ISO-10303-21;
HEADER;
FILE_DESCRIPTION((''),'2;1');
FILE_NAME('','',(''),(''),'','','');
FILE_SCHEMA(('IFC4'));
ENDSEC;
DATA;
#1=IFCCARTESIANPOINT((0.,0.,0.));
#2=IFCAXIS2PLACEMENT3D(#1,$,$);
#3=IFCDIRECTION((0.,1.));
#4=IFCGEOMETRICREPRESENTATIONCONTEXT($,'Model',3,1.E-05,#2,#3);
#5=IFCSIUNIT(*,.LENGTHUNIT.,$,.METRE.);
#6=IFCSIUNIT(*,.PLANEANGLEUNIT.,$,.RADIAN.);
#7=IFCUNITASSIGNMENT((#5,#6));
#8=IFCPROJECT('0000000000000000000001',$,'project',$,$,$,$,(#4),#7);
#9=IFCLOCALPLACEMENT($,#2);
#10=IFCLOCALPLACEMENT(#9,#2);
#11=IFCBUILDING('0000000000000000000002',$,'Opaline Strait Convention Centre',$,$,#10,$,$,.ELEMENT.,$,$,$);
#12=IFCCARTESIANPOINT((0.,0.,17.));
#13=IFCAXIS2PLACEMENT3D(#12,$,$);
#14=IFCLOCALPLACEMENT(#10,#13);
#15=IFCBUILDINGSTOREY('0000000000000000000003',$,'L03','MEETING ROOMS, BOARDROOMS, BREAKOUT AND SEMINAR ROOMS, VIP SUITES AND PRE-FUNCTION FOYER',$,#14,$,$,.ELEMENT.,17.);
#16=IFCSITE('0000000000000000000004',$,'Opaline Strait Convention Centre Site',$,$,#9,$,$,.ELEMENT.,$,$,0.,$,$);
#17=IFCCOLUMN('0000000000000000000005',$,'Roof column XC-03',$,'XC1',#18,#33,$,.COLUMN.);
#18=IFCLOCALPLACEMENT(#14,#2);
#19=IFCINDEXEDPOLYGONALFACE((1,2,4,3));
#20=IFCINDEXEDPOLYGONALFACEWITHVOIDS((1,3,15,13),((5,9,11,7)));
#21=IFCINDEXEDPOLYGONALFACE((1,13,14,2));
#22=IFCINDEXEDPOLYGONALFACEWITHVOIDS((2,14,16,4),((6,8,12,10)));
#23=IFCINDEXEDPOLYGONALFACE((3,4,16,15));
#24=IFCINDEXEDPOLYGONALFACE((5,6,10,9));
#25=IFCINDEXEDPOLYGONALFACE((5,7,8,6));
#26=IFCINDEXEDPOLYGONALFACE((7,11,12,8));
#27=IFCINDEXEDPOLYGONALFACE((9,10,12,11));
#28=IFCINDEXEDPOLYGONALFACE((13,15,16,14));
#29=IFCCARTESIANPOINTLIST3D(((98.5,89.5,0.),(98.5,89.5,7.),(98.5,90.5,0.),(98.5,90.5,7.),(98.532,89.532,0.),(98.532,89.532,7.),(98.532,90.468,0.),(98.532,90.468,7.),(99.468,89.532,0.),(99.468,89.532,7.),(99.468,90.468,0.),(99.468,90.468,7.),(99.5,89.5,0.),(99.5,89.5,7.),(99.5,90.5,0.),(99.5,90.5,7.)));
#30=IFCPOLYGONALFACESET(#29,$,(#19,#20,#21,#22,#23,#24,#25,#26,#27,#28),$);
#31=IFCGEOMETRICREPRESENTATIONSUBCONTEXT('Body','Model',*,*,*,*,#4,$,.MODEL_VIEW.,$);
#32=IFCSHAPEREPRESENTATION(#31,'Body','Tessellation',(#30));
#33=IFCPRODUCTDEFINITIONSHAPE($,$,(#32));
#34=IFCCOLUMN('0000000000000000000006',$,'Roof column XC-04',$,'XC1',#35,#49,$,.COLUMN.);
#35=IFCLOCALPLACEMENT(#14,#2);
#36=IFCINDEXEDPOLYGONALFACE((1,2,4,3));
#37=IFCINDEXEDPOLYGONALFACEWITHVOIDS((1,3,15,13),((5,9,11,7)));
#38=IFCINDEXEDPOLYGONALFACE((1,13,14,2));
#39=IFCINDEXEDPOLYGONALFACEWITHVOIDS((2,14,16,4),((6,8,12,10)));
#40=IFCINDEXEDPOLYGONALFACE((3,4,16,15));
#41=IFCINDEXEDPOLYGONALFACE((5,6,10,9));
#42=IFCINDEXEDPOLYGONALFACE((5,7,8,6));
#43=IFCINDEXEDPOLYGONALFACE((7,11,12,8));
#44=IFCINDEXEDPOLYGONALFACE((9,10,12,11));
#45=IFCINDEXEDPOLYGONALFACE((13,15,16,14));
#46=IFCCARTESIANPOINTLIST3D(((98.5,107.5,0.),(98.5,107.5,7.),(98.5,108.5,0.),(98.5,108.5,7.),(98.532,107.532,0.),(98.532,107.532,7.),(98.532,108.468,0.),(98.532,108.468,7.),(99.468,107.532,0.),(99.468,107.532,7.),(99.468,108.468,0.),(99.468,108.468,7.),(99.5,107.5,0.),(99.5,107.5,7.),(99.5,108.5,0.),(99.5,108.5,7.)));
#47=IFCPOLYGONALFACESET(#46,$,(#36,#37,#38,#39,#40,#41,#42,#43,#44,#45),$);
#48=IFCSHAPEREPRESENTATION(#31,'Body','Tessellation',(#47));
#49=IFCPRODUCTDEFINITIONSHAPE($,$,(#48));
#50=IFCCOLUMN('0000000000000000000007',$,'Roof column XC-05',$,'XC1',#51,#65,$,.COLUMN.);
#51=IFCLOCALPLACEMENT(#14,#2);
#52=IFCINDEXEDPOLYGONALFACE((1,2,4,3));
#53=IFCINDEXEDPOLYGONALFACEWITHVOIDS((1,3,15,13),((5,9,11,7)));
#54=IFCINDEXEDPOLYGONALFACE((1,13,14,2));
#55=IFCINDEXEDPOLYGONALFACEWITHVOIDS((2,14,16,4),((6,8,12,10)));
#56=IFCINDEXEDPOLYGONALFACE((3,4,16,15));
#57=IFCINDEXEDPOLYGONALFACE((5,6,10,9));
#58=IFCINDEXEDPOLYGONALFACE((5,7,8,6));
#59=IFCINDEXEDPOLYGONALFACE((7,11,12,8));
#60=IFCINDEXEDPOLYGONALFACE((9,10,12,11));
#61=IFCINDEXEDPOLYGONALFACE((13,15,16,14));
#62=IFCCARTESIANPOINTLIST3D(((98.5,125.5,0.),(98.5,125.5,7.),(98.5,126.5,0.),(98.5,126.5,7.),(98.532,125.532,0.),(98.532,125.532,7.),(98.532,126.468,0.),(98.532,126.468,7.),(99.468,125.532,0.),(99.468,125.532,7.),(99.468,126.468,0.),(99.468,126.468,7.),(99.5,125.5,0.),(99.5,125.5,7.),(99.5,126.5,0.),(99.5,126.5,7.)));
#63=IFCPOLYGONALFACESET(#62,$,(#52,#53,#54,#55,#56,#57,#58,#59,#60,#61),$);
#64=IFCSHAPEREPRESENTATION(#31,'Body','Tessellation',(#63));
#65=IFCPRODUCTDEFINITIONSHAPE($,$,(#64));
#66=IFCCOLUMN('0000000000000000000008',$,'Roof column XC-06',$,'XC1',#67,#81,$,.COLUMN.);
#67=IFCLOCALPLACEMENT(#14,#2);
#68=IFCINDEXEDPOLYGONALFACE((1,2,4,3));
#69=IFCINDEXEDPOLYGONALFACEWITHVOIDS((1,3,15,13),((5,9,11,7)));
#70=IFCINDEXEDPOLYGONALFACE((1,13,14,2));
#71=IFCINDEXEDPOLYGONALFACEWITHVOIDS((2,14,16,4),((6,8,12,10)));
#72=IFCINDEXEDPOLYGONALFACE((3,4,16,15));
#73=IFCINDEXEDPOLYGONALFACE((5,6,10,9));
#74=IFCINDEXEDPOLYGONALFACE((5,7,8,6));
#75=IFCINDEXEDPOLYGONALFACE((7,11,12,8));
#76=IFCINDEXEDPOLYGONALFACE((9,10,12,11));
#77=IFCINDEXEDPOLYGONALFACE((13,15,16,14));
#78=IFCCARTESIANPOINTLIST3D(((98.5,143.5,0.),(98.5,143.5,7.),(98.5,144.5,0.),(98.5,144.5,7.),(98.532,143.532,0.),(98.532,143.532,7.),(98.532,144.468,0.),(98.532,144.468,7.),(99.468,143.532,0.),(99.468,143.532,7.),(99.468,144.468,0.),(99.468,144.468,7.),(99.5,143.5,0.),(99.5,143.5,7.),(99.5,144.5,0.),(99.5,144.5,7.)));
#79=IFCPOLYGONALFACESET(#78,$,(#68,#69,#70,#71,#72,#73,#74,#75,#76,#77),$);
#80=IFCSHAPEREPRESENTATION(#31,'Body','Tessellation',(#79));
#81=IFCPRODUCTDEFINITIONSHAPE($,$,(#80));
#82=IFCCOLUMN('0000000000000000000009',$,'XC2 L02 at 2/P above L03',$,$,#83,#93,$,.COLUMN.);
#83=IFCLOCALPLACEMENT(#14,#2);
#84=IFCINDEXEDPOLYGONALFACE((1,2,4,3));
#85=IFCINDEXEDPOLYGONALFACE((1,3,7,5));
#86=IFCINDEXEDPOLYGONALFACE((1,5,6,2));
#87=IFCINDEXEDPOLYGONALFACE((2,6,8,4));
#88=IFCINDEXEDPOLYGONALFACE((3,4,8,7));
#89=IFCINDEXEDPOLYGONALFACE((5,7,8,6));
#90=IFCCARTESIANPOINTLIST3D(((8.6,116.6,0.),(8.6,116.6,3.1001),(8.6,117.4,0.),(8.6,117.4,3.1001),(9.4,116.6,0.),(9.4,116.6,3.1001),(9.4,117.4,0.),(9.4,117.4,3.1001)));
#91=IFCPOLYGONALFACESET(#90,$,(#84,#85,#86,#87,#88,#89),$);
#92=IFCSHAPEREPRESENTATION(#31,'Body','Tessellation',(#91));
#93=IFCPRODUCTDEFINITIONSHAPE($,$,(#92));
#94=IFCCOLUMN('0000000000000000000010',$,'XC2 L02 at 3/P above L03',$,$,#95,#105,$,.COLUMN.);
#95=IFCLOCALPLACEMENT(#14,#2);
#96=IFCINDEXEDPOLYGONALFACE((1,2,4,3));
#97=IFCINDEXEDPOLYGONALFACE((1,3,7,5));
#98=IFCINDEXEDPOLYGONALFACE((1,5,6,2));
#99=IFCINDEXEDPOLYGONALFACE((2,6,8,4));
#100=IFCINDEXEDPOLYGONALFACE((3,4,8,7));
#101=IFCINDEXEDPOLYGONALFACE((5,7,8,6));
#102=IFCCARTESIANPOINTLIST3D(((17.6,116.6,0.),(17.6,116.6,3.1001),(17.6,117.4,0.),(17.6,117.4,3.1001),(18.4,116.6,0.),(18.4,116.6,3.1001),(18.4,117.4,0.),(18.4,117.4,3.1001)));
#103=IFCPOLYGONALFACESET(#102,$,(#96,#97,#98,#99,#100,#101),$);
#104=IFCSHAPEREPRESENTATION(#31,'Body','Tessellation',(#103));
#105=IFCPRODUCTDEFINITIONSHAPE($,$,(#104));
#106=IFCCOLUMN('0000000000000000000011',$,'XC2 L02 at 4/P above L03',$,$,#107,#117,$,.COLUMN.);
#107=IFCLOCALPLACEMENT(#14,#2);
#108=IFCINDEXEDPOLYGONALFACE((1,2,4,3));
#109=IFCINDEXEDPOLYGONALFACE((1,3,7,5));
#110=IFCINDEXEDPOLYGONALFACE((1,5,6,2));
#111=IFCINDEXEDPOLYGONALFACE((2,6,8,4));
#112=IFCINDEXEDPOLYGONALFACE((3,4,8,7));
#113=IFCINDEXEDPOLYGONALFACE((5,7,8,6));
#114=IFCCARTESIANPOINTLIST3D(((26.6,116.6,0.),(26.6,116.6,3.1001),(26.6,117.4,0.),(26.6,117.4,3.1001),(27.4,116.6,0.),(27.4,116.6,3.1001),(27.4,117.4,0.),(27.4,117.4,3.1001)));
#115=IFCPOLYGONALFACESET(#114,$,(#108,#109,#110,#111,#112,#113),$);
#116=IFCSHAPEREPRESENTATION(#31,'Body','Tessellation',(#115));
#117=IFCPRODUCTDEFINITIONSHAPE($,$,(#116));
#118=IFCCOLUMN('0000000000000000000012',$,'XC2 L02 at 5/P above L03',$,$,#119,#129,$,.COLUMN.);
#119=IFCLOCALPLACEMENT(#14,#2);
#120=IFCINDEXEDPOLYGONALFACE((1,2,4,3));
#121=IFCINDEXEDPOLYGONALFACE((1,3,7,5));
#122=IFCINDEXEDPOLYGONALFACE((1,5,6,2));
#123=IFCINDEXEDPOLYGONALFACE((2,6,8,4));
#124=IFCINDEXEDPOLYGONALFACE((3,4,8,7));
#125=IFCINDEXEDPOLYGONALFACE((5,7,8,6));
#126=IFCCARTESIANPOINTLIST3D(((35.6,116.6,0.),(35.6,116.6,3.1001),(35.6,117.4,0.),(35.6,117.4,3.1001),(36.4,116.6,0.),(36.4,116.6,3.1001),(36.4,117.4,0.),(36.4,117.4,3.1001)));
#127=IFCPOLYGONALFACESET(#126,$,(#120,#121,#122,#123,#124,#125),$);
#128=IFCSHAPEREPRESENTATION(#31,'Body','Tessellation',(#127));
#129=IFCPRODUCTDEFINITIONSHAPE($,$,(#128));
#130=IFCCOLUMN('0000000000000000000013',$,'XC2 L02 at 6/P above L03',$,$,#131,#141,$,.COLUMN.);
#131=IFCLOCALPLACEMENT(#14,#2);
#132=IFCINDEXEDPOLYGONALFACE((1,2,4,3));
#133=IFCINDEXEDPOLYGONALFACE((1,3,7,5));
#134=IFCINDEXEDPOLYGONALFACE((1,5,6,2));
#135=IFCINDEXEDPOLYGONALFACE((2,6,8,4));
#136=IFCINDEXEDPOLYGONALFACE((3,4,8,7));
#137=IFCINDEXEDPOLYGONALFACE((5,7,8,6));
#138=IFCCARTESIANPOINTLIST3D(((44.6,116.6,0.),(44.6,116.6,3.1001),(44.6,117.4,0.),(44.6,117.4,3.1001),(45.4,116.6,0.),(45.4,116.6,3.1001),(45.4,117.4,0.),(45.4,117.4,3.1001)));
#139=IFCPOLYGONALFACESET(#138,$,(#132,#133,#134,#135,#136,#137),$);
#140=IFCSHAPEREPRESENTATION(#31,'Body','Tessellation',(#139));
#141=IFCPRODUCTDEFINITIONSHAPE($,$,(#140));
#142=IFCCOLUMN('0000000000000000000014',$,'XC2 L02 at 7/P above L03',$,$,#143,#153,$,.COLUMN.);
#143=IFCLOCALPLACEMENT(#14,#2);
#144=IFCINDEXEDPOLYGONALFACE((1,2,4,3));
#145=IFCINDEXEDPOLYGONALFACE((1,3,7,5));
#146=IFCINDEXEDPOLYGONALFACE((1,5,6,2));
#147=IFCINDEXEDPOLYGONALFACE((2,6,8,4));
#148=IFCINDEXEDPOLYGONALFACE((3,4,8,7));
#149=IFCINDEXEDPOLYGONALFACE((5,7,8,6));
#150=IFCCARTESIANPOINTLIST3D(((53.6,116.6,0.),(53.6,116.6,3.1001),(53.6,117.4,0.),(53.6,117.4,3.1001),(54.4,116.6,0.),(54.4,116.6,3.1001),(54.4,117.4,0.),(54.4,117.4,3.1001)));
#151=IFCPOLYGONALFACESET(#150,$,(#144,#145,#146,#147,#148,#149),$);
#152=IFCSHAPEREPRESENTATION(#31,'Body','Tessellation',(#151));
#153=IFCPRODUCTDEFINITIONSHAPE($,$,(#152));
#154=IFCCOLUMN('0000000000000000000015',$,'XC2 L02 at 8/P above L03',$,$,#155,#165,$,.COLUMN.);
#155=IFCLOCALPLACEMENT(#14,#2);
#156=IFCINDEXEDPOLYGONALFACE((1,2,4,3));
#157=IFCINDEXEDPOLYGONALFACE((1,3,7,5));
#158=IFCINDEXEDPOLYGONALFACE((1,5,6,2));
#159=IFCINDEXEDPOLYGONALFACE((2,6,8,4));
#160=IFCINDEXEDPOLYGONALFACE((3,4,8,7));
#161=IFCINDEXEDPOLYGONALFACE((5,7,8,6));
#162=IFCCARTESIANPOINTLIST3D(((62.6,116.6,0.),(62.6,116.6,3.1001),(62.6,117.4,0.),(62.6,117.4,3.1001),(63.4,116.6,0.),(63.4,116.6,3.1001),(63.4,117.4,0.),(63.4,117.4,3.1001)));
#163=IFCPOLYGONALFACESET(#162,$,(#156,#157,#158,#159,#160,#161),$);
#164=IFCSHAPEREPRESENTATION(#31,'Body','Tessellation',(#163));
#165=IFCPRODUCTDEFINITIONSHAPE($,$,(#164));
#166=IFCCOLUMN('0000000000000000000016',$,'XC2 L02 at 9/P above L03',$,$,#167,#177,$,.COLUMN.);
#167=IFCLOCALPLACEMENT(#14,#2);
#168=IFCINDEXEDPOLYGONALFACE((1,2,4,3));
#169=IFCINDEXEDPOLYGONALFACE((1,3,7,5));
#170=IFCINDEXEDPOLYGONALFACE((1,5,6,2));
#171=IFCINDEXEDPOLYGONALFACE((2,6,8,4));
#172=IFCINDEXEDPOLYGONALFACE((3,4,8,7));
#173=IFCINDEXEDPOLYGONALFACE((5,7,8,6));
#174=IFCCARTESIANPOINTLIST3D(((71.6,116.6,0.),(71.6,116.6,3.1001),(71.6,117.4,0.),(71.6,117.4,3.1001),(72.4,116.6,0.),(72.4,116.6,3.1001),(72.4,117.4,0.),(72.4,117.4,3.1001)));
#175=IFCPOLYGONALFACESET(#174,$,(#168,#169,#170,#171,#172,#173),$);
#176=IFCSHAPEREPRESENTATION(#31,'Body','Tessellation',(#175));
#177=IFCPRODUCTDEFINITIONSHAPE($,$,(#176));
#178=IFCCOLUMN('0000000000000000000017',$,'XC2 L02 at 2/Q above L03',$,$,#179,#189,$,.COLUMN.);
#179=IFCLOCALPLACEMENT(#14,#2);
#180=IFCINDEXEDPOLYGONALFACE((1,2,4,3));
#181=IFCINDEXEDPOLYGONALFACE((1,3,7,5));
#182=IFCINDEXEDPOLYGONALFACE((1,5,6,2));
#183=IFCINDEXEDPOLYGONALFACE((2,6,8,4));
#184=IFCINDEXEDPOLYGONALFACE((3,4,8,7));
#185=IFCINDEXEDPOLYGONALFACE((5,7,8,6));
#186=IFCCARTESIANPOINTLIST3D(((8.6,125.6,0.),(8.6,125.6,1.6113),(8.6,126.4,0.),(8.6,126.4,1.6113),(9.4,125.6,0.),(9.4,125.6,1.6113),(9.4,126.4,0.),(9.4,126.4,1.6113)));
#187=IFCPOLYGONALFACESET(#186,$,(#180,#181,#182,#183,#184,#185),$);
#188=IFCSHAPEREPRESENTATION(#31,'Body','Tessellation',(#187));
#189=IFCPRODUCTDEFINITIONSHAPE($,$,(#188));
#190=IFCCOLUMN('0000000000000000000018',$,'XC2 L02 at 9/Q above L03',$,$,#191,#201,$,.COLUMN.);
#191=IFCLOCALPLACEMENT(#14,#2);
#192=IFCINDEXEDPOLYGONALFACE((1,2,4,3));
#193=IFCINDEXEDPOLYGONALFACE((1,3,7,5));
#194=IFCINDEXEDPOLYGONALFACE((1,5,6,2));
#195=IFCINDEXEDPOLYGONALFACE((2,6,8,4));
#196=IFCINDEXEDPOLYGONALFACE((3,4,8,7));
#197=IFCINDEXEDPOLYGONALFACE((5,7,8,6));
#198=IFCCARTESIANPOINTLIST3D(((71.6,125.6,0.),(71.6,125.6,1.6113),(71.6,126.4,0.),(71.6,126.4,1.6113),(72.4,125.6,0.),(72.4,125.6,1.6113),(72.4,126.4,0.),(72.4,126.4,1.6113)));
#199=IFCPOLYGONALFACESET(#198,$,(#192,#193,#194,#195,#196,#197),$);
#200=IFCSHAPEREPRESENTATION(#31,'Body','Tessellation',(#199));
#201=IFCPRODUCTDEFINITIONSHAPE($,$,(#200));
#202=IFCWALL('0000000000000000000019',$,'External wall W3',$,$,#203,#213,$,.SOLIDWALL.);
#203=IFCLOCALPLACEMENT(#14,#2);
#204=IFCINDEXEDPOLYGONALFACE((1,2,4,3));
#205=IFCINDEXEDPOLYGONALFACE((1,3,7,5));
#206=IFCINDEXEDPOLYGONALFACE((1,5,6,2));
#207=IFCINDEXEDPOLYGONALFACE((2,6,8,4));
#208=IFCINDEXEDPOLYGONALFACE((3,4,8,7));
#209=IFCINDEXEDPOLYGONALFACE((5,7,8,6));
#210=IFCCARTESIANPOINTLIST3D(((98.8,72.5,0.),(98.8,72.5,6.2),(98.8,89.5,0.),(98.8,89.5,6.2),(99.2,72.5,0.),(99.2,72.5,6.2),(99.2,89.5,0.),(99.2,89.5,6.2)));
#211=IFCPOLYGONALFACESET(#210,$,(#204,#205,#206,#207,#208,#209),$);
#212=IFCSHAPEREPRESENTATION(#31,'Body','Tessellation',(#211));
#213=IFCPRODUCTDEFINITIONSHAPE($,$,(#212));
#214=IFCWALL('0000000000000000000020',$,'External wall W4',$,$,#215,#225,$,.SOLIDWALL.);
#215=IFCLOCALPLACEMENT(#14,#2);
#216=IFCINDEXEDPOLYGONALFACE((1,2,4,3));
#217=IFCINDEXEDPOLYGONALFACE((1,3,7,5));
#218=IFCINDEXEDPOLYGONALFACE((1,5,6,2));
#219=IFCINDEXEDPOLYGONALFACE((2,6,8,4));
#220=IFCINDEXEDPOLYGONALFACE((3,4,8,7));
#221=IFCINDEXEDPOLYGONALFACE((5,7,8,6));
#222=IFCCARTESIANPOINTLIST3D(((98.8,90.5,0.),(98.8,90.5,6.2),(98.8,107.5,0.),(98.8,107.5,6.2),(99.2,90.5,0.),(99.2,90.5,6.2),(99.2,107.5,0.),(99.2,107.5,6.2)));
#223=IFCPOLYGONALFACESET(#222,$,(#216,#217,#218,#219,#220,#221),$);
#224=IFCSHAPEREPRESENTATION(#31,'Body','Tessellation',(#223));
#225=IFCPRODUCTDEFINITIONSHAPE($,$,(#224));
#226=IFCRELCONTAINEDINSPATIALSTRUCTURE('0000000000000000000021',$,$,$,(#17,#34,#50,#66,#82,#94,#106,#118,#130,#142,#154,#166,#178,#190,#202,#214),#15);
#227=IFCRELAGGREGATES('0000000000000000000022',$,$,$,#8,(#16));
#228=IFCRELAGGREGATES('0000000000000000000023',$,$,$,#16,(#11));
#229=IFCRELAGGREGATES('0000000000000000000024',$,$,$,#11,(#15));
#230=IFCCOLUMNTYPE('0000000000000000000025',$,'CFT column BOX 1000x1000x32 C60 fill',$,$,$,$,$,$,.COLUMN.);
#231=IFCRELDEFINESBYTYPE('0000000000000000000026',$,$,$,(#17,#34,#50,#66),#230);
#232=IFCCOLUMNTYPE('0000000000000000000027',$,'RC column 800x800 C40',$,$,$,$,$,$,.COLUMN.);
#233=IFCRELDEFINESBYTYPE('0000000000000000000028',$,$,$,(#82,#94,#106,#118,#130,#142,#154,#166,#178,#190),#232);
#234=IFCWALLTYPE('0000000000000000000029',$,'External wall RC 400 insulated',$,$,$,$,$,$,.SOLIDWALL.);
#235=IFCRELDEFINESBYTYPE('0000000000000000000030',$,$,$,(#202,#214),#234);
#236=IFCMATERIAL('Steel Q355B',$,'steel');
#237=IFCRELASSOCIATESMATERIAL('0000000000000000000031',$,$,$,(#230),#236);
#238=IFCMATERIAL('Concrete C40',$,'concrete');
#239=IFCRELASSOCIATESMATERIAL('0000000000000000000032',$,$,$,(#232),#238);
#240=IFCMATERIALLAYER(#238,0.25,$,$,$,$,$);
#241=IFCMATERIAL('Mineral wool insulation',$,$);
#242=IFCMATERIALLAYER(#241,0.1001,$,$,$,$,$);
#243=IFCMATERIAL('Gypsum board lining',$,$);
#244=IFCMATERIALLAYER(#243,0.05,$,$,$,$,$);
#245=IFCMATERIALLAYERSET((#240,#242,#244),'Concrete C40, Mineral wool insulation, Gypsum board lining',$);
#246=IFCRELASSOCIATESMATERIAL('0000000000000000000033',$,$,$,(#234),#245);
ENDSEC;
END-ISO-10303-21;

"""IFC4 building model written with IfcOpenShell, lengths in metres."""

from ifc_helpers import new_model, si_unit, direction, frame, frame_2d, origin, origin_2d, place, context, subcontext, project, spatial, rectangle, hollow_rectangle, extrude, material, layer, layer_set, material_profile, profile_set, type_object, element, save


model = new_model("IFC4")

# Units and contexts
model_context = context("Model", 3, precision=1e-05, world=origin(), true_north=direction((0.0, 1.0)))
body_context = subcontext(model_context, "Body", "Model", "MODEL_VIEW")
ifc_project = project(units=[si_unit("LENGTHUNIT", "METRE"), si_unit("PLANEANGLEUNIT", "RADIAN")], contexts=[model_context])

# Site, building, storey
site_placement = place(None, origin())
site = spatial("IfcSite", under=ifc_project, at=site_placement, Name="Opaline Strait Convention Centre Site", CompositionType="ELEMENT", RefElevation=0.0)
building_placement = place(site_placement, origin())
building = spatial("IfcBuilding", under=site, at=building_placement, Name="Opaline Strait Convention Centre", CompositionType="ELEMENT")
storey_placement = place(building_placement, frame((0.0, 0.0, 17.0)))
storey = spatial("IfcBuildingStorey", under=building, at=storey_placement, Name="L03", Description="MEETING ROOMS, BOARDROOMS, BREAKOUT AND SEMINAR ROOMS, VIP SUITES AND PRE-FUNCTION FOYER", CompositionType="ELEMENT", Elevation=17.0)

# Columns
ifc_material_1 = material(Name="Steel Q355B", Category="steel")
ifc_material_profile_1 = material_profile(ifc_material_1, hollow_rectangle(XDim=1.0, YDim=1.0, WallThickness=0.032, at=origin_2d()), Name="BOX 1000x1000x32")
ifc_profile_set_1 = profile_set([ifc_material_profile_1], Name="Steel Q355B")
column_type_1 = type_object("IfcColumnType", Name="CFT column BOX 1000x1000x32 C60 fill", PredefinedType="COLUMN", material=ifc_profile_set_1)
for number, where, z_axis, x_axis, name in (
    (1, (99.0, 90.0, 0.0), (0.0, 0.0, 1.0), (1.0, 0.0, 0.0), "Roof column XC-03"),
    (2, (99.0, 108.0, 0.0), (0.0, 0.0, 1.0), (1.0, 0.0, 0.0), "Roof column XC-04"),
    (3, (99.0, 126.0, 0.0), (0.0, 0.0, 1.0), (1.0, 0.0, 0.0), "Roof column XC-05"),
    (4, (99.0, 144.0, 0.0), (0.0, 0.0, 1.0), (1.0, 0.0, 0.0), "Roof column XC-06"),
):
    element("IfcColumn", number, at=place(storey_placement, frame(where, z_axis=z_axis, x_axis=x_axis)), inside=storey, type_object=column_type_1, Name=name, ObjectType="XC1", PredefinedType="COLUMN", context=body_context, shape_type="SweptSolid", body=[
        extrude(hollow_rectangle(XDim=1.0, YDim=1.0, WallThickness=0.032, at=origin_2d()), origin(), (0.0, 0.0, 1.0), 7.0),
    ])
ifc_material_2 = material(Name="Concrete C40", Category="concrete")
ifc_material_profile_2 = material_profile(ifc_material_2, rectangle(XDim=0.8, YDim=0.8, at=origin_2d()), Name="RC 800x800")
ifc_profile_set_2 = profile_set([ifc_material_profile_2], Name="Concrete C40")
column_type_2 = type_object("IfcColumnType", Name="RC column 800x800 C40", PredefinedType="COLUMN", material=ifc_profile_set_2)
for number, where, z_axis, x_axis, name in (
    (5, (9.0, 117.0, 0.0), (0.0, 0.0, 1.0), (1.0, 0.0, 0.0), "XC2 L02 at 2/P above L03"),
    (6, (18.0, 117.0, 0.0), (0.0, 0.0, 1.0), (1.0, 0.0, 0.0), "XC2 L02 at 3/P above L03"),
    (7, (27.0, 117.0, 0.0), (0.0, 0.0, 1.0), (1.0, 0.0, 0.0), "XC2 L02 at 4/P above L03"),
    (8, (36.0, 117.0, 0.0), (0.0, 0.0, 1.0), (1.0, 0.0, 0.0), "XC2 L02 at 5/P above L03"),
    (9, (45.0, 117.0, 0.0), (0.0, 0.0, 1.0), (1.0, 0.0, 0.0), "XC2 L02 at 6/P above L03"),
    (10, (54.0, 117.0, 0.0), (0.0, 0.0, 1.0), (1.0, 0.0, 0.0), "XC2 L02 at 7/P above L03"),
    (11, (63.0, 117.0, 0.0), (0.0, 0.0, 1.0), (1.0, 0.0, 0.0), "XC2 L02 at 8/P above L03"),
    (12, (72.0, 117.0, 0.0), (0.0, 0.0, 1.0), (1.0, 0.0, 0.0), "XC2 L02 at 9/P above L03"),
):
    element("IfcColumn", number, at=place(storey_placement, frame(where, z_axis=z_axis, x_axis=x_axis)), inside=storey, type_object=column_type_2, Name=name, PredefinedType="COLUMN", context=body_context, shape_type="SweptSolid", body=[
        extrude(rectangle(XDim=0.8, YDim=0.8, at=origin_2d()), origin(), (0.0, 0.0, 1.0), 3.1001),
    ])
for number, where, z_axis, x_axis, name in (
    (13, (9.0, 126.0, 0.0), (0.0, 0.0, 1.0), (1.0, 0.0, 0.0), "XC2 L02 at 2/Q above L03"),
    (14, (72.0, 126.0, 0.0), (0.0, 0.0, 1.0), (1.0, 0.0, 0.0), "XC2 L02 at 9/Q above L03"),
):
    element("IfcColumn", number, at=place(storey_placement, frame(where, z_axis=z_axis, x_axis=x_axis)), inside=storey, type_object=column_type_2, Name=name, PredefinedType="COLUMN", context=body_context, shape_type="SweptSolid", body=[
        extrude(rectangle(XDim=0.8, YDim=0.8, at=origin_2d()), origin(), (0.0, 0.0, 1.0), 1.6113),
    ])

# Walls
ifc_layer_1 = layer(ifc_material_2, 0.25)
ifc_material_3 = material(Name="Mineral wool insulation")
ifc_layer_2 = layer(ifc_material_3, 0.1001)
ifc_material_4 = material(Name="Gypsum board lining")
ifc_layer_3 = layer(ifc_material_4, 0.05)
ifc_layer_set_1 = layer_set([ifc_layer_1, ifc_layer_2, ifc_layer_3], Name="Concrete C40, Mineral wool insulation, Gypsum board lining")
wall_type_1 = type_object("IfcWallType", Name="External wall RC 400 insulated", PredefinedType="SOLIDWALL", material=ifc_layer_set_1)
for number, where, z_axis, x_axis, name in (
    (15, (99.0, 72.5, 0.0), (0.0, 0.0, 1.0), (0.0, 1.0, 0.0), "External wall W3"),
    (16, (99.0, 90.5, 0.0), (0.0, 0.0, 1.0), (0.0, 1.0, 0.0), "External wall W4"),
):
    element("IfcWall", number, at=place(storey_placement, frame(where, z_axis=z_axis, x_axis=x_axis)), inside=storey, type_object=wall_type_1, Name=name, PredefinedType="SOLIDWALL", context=body_context, shape_type="SweptSolid", body=[
        extrude(rectangle(XDim=17.0, YDim=0.3999, at=frame_2d((8.5, 0.0))), origin(), (0.0, 0.0, 1.0), 6.2),
    ])

save(model, "model.ifc")
